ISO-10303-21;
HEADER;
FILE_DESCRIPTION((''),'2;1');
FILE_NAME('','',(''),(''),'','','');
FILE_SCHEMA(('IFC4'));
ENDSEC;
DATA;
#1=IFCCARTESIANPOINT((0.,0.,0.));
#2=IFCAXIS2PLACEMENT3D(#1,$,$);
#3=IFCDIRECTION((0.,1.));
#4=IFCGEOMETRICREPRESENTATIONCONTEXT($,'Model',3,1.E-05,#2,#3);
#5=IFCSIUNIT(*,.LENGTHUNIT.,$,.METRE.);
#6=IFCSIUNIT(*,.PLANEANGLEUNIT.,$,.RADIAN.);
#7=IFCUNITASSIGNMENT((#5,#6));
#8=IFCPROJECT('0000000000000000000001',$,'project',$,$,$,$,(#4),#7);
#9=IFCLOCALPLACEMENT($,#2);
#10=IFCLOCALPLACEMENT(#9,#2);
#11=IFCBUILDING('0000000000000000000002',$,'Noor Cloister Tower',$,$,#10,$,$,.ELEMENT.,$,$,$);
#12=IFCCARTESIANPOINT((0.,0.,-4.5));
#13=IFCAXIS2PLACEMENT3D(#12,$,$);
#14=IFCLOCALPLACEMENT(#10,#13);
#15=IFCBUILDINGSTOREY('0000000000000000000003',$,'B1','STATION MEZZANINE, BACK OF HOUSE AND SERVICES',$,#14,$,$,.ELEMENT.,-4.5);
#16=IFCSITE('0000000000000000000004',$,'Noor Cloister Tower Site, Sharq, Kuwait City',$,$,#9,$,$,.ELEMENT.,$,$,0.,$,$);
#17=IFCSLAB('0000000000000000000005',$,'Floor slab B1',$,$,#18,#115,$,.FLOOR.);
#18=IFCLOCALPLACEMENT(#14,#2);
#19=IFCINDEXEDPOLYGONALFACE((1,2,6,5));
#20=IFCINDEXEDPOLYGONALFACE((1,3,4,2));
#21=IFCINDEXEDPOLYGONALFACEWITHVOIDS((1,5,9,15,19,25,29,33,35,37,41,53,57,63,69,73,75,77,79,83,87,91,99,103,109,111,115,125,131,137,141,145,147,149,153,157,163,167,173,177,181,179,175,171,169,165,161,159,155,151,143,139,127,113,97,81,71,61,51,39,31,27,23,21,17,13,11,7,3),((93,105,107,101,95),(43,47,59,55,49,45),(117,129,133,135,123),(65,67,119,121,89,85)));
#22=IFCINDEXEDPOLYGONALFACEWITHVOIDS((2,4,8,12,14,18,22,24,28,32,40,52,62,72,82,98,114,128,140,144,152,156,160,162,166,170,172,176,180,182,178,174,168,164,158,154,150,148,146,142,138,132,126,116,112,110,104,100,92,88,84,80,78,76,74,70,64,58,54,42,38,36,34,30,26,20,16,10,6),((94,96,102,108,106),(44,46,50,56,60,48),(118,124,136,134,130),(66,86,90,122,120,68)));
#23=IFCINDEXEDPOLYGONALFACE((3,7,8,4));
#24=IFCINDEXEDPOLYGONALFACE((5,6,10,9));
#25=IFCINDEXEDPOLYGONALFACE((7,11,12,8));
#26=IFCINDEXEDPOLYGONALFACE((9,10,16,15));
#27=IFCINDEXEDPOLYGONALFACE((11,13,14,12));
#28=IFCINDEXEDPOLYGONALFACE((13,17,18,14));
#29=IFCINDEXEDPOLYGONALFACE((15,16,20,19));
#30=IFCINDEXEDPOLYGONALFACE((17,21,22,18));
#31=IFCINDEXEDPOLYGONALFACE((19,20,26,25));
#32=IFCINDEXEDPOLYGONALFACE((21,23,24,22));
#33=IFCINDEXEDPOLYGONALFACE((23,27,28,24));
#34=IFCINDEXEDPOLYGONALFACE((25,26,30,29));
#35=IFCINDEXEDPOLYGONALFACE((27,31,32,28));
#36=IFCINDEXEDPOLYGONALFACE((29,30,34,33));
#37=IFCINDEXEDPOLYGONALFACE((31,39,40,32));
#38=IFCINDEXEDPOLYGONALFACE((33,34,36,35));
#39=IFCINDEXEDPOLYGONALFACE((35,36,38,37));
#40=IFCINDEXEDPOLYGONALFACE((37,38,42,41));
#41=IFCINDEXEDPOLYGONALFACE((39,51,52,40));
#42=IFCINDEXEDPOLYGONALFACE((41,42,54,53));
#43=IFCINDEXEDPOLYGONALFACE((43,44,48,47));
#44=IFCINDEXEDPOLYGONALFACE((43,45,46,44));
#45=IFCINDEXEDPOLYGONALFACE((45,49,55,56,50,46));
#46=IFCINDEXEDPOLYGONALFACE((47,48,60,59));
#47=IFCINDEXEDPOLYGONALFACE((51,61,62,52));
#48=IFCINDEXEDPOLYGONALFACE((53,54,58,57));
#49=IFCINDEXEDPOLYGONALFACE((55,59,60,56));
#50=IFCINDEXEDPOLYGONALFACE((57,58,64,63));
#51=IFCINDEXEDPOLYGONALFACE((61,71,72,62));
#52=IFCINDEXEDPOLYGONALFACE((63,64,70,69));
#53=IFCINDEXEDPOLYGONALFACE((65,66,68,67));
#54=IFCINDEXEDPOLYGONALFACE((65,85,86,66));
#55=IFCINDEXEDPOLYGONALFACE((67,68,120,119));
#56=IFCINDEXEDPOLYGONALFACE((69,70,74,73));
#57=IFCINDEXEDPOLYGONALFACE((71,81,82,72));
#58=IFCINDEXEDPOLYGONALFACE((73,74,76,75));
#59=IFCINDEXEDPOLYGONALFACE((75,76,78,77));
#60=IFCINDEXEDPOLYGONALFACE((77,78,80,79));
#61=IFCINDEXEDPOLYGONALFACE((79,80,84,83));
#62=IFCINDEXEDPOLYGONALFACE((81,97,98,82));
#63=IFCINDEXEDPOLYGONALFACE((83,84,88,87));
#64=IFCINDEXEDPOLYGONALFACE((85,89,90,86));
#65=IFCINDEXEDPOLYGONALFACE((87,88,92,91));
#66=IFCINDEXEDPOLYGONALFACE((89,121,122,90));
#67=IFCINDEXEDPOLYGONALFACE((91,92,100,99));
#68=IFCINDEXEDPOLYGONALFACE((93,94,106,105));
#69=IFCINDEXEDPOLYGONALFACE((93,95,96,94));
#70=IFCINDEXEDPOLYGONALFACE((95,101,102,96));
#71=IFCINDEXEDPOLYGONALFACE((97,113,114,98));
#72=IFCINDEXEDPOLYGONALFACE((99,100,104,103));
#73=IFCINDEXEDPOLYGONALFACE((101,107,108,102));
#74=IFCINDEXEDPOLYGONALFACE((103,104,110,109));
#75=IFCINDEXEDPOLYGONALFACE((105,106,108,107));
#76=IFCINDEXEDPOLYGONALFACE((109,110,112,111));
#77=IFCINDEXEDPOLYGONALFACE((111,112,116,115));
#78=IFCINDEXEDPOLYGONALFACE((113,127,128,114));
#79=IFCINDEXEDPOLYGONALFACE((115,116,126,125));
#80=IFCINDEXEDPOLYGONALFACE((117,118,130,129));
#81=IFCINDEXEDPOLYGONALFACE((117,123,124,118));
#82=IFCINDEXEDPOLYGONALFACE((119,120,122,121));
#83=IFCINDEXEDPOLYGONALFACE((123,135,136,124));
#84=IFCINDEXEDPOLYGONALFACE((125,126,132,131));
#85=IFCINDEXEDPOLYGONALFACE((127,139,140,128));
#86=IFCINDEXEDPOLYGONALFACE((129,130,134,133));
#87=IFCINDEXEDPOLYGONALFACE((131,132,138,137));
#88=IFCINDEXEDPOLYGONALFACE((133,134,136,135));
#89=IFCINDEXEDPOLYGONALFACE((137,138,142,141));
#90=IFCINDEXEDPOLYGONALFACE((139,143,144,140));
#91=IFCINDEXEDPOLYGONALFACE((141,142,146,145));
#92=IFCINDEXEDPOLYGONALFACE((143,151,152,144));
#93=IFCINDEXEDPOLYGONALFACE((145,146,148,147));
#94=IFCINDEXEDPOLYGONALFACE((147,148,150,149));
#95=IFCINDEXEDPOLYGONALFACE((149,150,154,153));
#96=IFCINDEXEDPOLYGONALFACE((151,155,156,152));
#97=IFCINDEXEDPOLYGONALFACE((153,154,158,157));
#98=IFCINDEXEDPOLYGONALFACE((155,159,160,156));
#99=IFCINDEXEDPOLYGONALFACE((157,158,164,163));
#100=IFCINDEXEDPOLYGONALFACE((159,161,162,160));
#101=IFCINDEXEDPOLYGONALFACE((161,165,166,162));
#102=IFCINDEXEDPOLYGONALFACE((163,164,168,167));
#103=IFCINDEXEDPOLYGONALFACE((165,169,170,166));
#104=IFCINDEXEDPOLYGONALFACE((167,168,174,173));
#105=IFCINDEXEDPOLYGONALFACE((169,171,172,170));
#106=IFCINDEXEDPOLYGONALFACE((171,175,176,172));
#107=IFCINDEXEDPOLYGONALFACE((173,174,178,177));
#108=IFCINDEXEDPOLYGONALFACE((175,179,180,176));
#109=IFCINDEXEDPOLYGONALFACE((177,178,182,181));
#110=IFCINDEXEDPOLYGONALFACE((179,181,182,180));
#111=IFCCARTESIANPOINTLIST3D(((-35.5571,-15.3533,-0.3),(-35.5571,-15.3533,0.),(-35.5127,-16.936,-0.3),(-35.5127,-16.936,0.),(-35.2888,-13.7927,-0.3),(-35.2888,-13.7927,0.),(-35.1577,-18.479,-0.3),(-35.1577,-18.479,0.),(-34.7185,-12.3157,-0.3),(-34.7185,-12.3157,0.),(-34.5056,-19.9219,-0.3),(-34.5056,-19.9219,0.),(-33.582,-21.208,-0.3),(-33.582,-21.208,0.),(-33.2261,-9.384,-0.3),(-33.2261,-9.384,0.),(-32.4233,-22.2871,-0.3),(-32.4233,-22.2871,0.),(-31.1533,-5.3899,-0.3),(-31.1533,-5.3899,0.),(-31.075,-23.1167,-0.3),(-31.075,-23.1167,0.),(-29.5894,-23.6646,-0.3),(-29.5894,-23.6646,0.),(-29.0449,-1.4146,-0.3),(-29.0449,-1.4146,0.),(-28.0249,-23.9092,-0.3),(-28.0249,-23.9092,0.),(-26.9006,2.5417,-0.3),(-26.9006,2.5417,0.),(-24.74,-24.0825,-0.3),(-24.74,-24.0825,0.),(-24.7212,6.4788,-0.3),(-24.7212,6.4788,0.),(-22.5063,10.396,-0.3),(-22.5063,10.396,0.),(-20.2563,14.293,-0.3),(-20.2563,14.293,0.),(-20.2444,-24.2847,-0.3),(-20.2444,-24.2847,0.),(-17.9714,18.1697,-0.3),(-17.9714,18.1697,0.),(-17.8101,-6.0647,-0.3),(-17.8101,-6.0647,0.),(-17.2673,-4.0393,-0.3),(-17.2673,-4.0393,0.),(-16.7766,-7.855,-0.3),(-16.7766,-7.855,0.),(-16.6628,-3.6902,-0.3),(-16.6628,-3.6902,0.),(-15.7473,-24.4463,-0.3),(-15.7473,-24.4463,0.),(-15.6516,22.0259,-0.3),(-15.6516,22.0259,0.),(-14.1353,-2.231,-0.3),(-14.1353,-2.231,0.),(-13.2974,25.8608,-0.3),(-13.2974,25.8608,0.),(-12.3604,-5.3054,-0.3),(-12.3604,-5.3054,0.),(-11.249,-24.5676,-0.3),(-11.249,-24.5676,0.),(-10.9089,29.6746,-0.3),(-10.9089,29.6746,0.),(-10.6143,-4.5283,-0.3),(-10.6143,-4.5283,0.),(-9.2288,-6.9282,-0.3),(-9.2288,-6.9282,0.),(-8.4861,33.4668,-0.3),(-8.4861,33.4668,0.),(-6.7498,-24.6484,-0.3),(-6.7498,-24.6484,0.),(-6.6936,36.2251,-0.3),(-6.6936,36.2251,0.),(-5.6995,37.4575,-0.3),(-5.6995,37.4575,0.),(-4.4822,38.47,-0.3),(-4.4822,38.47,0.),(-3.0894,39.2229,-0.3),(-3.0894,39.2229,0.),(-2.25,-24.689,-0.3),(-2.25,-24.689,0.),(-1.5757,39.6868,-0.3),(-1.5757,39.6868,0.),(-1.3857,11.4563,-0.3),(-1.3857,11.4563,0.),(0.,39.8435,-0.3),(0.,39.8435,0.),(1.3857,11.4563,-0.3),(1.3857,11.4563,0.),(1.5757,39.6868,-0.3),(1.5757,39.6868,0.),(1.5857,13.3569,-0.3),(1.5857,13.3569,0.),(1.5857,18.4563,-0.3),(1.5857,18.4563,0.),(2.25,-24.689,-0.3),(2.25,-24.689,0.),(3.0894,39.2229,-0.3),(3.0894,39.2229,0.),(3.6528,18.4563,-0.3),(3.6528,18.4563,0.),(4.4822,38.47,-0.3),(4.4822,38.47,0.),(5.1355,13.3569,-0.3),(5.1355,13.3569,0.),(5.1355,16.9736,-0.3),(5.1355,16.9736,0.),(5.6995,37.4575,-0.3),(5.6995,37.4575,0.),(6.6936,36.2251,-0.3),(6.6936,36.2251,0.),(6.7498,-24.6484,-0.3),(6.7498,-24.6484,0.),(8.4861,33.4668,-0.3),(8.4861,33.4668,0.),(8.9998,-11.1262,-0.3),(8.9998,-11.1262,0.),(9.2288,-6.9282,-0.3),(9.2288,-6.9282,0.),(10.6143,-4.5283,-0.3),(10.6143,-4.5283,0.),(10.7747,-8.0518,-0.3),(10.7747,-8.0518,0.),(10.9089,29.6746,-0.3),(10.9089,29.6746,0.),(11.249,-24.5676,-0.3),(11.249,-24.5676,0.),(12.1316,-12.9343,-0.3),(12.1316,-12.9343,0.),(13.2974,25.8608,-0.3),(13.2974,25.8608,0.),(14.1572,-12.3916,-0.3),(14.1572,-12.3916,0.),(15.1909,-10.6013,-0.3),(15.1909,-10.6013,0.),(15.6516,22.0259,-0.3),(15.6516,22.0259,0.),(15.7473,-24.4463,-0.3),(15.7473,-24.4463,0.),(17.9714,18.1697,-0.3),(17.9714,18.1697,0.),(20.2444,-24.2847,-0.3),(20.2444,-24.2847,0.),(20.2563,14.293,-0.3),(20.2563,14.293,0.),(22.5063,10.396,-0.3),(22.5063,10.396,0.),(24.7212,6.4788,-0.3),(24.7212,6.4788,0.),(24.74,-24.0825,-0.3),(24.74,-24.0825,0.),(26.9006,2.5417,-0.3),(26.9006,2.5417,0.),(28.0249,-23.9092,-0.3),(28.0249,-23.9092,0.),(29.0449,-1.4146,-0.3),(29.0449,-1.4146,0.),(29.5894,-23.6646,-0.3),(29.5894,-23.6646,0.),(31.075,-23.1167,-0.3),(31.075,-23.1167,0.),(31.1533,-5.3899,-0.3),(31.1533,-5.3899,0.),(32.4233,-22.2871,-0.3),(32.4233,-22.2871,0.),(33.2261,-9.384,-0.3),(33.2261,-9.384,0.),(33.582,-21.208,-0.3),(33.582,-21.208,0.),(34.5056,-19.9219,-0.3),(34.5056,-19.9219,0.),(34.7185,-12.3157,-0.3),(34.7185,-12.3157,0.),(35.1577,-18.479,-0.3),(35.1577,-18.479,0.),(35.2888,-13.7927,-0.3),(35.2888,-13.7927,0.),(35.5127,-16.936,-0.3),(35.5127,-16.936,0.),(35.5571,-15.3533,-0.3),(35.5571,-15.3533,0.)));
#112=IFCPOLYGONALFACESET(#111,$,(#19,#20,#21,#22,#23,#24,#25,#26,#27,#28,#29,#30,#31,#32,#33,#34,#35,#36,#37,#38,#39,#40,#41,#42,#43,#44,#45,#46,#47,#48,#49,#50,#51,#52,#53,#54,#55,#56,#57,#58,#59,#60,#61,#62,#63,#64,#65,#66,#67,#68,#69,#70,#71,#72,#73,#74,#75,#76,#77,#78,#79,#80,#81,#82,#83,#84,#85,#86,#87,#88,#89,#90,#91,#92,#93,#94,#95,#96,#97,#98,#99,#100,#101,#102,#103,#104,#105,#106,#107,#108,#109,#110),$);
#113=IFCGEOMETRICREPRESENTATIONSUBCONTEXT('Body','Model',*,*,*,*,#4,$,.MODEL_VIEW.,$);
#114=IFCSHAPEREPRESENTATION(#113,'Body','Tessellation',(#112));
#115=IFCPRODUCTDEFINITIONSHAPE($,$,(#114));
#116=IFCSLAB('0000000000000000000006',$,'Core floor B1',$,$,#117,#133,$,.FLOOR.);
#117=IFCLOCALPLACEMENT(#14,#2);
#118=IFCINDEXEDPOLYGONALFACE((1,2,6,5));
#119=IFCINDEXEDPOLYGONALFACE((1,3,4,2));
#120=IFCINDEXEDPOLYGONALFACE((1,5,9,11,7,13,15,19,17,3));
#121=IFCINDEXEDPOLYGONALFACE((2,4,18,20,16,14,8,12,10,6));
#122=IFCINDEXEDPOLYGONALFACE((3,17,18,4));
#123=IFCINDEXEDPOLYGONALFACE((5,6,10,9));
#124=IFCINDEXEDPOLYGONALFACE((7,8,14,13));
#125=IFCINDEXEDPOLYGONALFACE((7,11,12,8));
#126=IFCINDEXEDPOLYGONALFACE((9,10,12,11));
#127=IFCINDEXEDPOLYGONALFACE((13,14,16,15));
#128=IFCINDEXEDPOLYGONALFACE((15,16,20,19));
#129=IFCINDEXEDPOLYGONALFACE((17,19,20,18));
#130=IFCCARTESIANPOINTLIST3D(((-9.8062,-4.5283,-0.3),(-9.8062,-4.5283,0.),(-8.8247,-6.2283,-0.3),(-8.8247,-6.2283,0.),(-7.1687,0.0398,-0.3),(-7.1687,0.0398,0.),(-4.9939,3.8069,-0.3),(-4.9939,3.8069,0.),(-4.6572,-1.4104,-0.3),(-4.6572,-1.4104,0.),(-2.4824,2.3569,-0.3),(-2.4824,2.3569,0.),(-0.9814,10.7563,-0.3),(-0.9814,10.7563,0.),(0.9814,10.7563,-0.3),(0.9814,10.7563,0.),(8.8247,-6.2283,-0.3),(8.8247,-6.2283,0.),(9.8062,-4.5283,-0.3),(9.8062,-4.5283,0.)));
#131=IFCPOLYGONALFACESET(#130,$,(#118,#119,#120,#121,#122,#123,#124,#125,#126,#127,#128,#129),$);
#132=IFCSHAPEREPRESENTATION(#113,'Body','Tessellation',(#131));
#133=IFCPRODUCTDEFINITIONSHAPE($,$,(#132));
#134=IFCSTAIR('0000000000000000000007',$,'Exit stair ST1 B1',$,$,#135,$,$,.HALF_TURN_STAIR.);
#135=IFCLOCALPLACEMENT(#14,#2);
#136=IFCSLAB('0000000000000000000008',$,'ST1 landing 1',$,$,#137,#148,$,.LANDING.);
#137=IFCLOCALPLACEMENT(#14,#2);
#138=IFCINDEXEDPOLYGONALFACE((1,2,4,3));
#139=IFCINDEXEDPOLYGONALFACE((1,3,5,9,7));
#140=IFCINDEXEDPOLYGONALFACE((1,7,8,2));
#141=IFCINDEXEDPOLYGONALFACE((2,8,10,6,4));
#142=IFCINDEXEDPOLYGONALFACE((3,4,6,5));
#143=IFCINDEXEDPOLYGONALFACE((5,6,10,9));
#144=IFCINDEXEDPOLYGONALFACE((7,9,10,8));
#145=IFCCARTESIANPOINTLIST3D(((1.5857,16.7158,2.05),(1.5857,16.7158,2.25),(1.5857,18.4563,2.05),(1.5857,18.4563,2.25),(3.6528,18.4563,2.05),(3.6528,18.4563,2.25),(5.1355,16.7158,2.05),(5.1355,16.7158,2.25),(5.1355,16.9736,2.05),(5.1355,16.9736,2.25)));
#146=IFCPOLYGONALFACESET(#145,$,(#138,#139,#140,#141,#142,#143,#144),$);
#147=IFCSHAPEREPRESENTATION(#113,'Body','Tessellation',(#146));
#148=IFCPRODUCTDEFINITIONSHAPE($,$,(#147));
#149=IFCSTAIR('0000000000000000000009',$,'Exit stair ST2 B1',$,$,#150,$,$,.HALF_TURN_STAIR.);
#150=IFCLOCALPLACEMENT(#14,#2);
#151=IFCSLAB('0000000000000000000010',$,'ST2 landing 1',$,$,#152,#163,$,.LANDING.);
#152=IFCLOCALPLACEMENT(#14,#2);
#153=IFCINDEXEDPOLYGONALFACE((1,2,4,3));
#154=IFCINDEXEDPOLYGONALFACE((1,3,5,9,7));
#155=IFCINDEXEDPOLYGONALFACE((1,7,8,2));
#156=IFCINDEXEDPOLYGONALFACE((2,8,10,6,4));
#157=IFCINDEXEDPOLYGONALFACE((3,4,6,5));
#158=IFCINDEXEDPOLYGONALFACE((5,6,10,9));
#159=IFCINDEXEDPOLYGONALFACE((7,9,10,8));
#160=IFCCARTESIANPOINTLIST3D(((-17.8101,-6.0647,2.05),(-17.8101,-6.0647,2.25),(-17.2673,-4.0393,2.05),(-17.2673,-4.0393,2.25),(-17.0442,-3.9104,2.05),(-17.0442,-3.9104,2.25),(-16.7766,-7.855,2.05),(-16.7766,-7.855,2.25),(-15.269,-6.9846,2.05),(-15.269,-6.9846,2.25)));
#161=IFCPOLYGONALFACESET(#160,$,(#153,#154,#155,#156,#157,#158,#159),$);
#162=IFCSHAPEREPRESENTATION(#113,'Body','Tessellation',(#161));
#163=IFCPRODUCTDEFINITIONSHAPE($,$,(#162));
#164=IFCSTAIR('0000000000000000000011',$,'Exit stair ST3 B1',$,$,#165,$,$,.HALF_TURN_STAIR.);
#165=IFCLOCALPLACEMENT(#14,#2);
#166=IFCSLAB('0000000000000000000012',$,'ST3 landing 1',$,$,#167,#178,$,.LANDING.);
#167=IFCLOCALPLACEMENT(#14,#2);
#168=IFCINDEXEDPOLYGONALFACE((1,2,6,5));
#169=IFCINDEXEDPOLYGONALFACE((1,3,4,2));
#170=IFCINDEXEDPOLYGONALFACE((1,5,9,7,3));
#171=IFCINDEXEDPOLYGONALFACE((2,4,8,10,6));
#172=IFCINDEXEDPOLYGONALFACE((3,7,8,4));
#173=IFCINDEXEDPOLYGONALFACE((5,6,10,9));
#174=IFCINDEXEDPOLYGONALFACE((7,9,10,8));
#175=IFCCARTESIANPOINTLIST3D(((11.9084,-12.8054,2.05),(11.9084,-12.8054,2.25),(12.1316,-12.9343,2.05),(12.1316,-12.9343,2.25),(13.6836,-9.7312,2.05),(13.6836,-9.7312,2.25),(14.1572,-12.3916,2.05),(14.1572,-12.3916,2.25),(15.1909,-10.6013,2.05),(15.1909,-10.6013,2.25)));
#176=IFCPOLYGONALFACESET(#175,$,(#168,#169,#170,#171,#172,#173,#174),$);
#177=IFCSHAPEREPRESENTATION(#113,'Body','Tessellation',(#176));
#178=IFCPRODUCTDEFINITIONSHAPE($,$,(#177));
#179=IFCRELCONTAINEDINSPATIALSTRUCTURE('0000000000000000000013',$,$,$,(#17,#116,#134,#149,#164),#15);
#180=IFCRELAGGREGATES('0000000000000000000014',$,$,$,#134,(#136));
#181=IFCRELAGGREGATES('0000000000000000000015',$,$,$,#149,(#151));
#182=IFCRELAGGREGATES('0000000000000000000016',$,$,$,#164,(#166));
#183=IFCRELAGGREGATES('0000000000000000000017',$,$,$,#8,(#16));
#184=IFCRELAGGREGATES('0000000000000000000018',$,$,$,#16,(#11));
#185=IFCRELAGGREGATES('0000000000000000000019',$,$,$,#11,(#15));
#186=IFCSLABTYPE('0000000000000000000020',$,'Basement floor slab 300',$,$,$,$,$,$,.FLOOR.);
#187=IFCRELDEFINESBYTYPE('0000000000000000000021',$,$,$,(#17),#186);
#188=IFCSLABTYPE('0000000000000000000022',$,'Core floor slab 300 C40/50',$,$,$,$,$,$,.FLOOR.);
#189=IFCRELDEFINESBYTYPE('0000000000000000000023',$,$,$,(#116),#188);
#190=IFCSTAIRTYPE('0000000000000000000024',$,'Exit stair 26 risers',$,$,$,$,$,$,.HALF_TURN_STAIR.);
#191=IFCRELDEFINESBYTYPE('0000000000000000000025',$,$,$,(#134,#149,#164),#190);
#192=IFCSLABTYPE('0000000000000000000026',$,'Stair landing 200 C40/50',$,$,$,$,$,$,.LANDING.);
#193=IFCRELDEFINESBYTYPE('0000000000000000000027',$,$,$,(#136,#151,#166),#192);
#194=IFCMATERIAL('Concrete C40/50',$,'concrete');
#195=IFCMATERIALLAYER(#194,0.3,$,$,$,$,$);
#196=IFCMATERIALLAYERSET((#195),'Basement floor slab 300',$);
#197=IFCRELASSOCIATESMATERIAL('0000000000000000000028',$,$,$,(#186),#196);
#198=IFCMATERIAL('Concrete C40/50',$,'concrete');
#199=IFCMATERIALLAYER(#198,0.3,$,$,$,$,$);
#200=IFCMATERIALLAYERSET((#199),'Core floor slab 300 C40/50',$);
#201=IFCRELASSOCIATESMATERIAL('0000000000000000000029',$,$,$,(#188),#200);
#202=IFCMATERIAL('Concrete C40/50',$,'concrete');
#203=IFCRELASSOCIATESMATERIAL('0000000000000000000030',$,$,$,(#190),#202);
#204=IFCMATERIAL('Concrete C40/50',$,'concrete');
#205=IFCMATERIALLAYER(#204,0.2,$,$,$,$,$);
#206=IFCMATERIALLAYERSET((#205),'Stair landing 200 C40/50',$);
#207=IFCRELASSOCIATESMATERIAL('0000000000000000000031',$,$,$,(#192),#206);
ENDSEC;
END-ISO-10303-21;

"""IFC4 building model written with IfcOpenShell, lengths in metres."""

from ifc_helpers import new_model, si_unit, direction, frame, origin, place, context, subcontext, project, spatial, polyline, outline, extrude, material, layer, layer_set, type_object, element, aggregate, save


model = new_model("IFC4")

# Units and contexts
model_context = context("Model", 3, precision=1e-05, world=origin(), true_north=direction((0.0, 1.0)))
body_context = subcontext(model_context, "Body", "Model", "MODEL_VIEW")
ifc_project = project(units=[si_unit("LENGTHUNIT", "METRE"), si_unit("PLANEANGLEUNIT", "RADIAN")], contexts=[model_context])

# Site, building, storey
site_placement = place(None, origin())
site = spatial("IfcSite", under=ifc_project, at=site_placement, Name="Noor Cloister Tower Site, Sharq, Kuwait City", CompositionType="ELEMENT", RefElevation=0.0)
building_placement = place(site_placement, origin())
building = spatial("IfcBuilding", under=site, at=building_placement, Name="Noor Cloister Tower", CompositionType="ELEMENT")
storey_placement = place(building_placement, frame((0.0, 0.0, -4.5)))
storey = spatial("IfcBuildingStorey", under=building, at=storey_placement, Name="B1", Description="STATION MEZZANINE, BACK OF HOUSE AND SERVICES", CompositionType="ELEMENT", Elevation=-4.5)

# Slabs
ifc_material_1 = material(Name="Concrete C40/50", Category="concrete")
ifc_layer_1 = layer(ifc_material_1, 0.3)
ifc_layer_set_1 = layer_set([ifc_layer_1], Name="Basement floor slab 300")
slab_type_1 = type_object("IfcSlabType", Name="Basement floor slab 300", PredefinedType="FLOOR", material=ifc_layer_set_1)
slab_1_placement = place(storey_placement, frame((0.0, 0.0, -0.3)))
element("IfcSlab", 1, at=slab_1_placement, inside=storey, type_object=slab_type_1, Name="Floor slab B1", PredefinedType="FLOOR", context=body_context, shape_type="SweptSolid", body=[
    extrude(outline(polyline([(6.6936, 36.2251), (5.6995, 37.4575), (4.4822, 38.47), (3.0894, 39.2229), (1.5757, 39.6868), (0.0, 39.8435), (-1.5757, 39.6868), (-3.0894, 39.2229), (-4.4822, 38.47), (-5.6995, 37.4575), (-6.6936, 36.2251), (-8.4861, 33.4668), (-10.9089, 29.6746), (-13.2974, 25.8608), (-15.6516, 22.0259), (-17.9714, 18.1697), (-20.2563, 14.293), (-22.5063, 10.396), (-24.7212, 6.4788), (-26.9006, 2.5417), (-29.0449, -1.4146), (-31.1533, -5.3899), (-33.2261, -9.384), (-34.7185, -12.3157), (-35.2888, -13.7927), (-35.5571, -15.3533), (-35.5127, -16.936), (-35.1577, -18.479), (-34.5056, -19.9219), (-33.582, -21.208), (-32.4233, -22.2871), (-31.075, -23.1167), (-29.5894, -23.6646), (-28.0249, -23.9092), (-24.74, -24.0825), (-20.2444, -24.2847), (-15.7473, -24.4463), (-11.249, -24.5676), (-6.7498, -24.6484), (-2.25, -24.689), (2.25, -24.689), (6.7498, -24.6484), (11.249, -24.5676), (15.7473, -24.4463), (20.2444, -24.2847), (24.74, -24.0825), (28.0249, -23.9092), (29.5894, -23.6646), (31.075, -23.1167), (32.4233, -22.2871), (33.582, -21.208), (34.5056, -19.9219), (35.1577, -18.479), (35.5127, -16.936), (35.5571, -15.3533), (35.2888, -13.7927), (34.7185, -12.3157), (33.2261, -9.384), (31.1533, -5.3899), (29.0449, -1.4146), (26.9006, 2.5417), (24.7212, 6.4788), (22.5063, 10.396), (20.2563, 14.293), (17.9714, 18.1697), (15.6516, 22.0259), (13.2974, 25.8608), (10.9089, 29.6746), (8.4861, 33.4668), (6.6936, 36.2251)]), holes=[polyline([(-9.2288, -6.9282), (9.2288, -6.9282), (10.6143, -4.5283), (1.3857, 11.4563), (-1.3857, 11.4563), (-10.6143, -4.5283), (-9.2288, -6.9282)]), polyline([(1.5857, 18.4563), (1.5857, 13.3569), (5.1355, 13.3569), (5.1355, 16.9736), (3.6528, 18.4563), (1.5857, 18.4563)]), polyline([(-16.7766, -7.855), (-12.3604, -5.3054), (-14.1353, -2.231), (-16.6628, -3.6902), (-17.2673, -4.0393), (-17.8101, -6.0647), (-16.7766, -7.855)]), polyline([(12.1316, -12.9343), (14.1572, -12.3916), (15.1909, -10.6013), (10.7747, -8.0518), (8.9998, -11.1262), (12.1316, -12.9343)])]), origin(), (0.0, 0.0, 1.0), 0.3),
])
ifc_material_2 = material(Name="Concrete C40/50", Category="concrete")
ifc_layer_2 = layer(ifc_material_2, 0.3)
ifc_layer_set_2 = layer_set([ifc_layer_2], Name="Core floor slab 300 C40/50")
slab_type_2 = type_object("IfcSlabType", Name="Core floor slab 300 C40/50", PredefinedType="FLOOR", material=ifc_layer_set_2)
slab_2_placement = place(storey_placement, frame((0.0, 0.0, -0.3)))
element("IfcSlab", 2, at=slab_2_placement, inside=storey, type_object=slab_type_2, Name="Core floor B1", PredefinedType="FLOOR", context=body_context, shape_type="SweptSolid", body=[
    extrude(outline(polyline([(-4.9939, 3.8069), (-2.4824, 2.3569), (-4.6572, -1.4104), (-7.1687, 0.0398), (-9.8062, -4.5283), (-8.8247, -6.2283), (8.8247, -6.2283), (9.8062, -4.5283), (0.9814, 10.7563), (-0.9814, 10.7563), (-4.9939, 3.8069)])), origin(), (0.0, 0.0, 1.0), 0.3),
])

# Stairs, slabs
ifc_material_3 = material(Name="Concrete C40/50", Category="concrete")
stair_type = type_object("IfcStairType", Name="Exit stair 26 risers", PredefinedType="HALF_TURN_STAIR", material=ifc_material_3)
stair_1_placement = place(storey_placement, origin())
stair_1 = element("IfcStair", 3, at=stair_1_placement, inside=storey, type_object=stair_type, Name="Exit stair ST1 B1", PredefinedType="HALF_TURN_STAIR")
ifc_material_4 = material(Name="Concrete C40/50", Category="concrete")
ifc_layer_3 = layer(ifc_material_4, 0.2)
ifc_layer_set_3 = layer_set([ifc_layer_3], Name="Stair landing 200 C40/50")
slab_type_3 = type_object("IfcSlabType", Name="Stair landing 200 C40/50", PredefinedType="LANDING", material=ifc_layer_set_3)
slab_3_placement = place(storey_placement, frame((0.0, 0.0, 2.05)))
slab_3 = element("IfcSlab", 4, at=slab_3_placement, type_object=slab_type_3, Name="ST1 landing 1", PredefinedType="LANDING", context=body_context, shape_type="SweptSolid", body=[
    extrude(outline(polyline([(5.1355, 16.7158), (5.1355, 16.9736), (3.6528, 18.4563), (1.5857, 18.4563), (1.5857, 16.7158), (5.1355, 16.7158)])), origin(), (0.0, 0.0, 1.0), 0.2),
])
aggregate(stair_1, [slab_3])
stair_2_placement = place(storey_placement, origin())
stair_2 = element("IfcStair", 5, at=stair_2_placement, inside=storey, type_object=stair_type, Name="Exit stair ST2 B1", PredefinedType="HALF_TURN_STAIR")
slab_4_placement = place(storey_placement, frame((0.0, 0.0, 2.05)))
slab_4 = element("IfcSlab", 6, at=slab_4_placement, type_object=slab_type_3, Name="ST2 landing 1", PredefinedType="LANDING", context=body_context, shape_type="SweptSolid", body=[
    extrude(outline(polyline([(-17.0442, -3.9104), (-17.2673, -4.0393), (-17.8101, -6.0647), (-16.7766, -7.855), (-15.269, -6.9846), (-17.0442, -3.9104)])), origin(), (0.0, 0.0, 1.0), 0.2),
])
aggregate(stair_2, [slab_4])
stair_3_placement = place(storey_placement, origin())
stair_3 = element("IfcStair", 7, at=stair_3_placement, inside=storey, type_object=stair_type, Name="Exit stair ST3 B1", PredefinedType="HALF_TURN_STAIR")
slab_5_placement = place(storey_placement, frame((0.0, 0.0, 2.05)))
slab_5 = element("IfcSlab", 8, at=slab_5_placement, type_object=slab_type_3, Name="ST3 landing 1", PredefinedType="LANDING", context=body_context, shape_type="SweptSolid", body=[
    extrude(outline(polyline([(11.9084, -12.8054), (12.1316, -12.9343), (14.1572, -12.3916), (15.1909, -10.6013), (13.6836, -9.7312), (11.9084, -12.8054)])), origin(), (0.0, 0.0, 1.0), 0.2),
])
aggregate(stair_3, [slab_5])

save(model, "model.ifc")
